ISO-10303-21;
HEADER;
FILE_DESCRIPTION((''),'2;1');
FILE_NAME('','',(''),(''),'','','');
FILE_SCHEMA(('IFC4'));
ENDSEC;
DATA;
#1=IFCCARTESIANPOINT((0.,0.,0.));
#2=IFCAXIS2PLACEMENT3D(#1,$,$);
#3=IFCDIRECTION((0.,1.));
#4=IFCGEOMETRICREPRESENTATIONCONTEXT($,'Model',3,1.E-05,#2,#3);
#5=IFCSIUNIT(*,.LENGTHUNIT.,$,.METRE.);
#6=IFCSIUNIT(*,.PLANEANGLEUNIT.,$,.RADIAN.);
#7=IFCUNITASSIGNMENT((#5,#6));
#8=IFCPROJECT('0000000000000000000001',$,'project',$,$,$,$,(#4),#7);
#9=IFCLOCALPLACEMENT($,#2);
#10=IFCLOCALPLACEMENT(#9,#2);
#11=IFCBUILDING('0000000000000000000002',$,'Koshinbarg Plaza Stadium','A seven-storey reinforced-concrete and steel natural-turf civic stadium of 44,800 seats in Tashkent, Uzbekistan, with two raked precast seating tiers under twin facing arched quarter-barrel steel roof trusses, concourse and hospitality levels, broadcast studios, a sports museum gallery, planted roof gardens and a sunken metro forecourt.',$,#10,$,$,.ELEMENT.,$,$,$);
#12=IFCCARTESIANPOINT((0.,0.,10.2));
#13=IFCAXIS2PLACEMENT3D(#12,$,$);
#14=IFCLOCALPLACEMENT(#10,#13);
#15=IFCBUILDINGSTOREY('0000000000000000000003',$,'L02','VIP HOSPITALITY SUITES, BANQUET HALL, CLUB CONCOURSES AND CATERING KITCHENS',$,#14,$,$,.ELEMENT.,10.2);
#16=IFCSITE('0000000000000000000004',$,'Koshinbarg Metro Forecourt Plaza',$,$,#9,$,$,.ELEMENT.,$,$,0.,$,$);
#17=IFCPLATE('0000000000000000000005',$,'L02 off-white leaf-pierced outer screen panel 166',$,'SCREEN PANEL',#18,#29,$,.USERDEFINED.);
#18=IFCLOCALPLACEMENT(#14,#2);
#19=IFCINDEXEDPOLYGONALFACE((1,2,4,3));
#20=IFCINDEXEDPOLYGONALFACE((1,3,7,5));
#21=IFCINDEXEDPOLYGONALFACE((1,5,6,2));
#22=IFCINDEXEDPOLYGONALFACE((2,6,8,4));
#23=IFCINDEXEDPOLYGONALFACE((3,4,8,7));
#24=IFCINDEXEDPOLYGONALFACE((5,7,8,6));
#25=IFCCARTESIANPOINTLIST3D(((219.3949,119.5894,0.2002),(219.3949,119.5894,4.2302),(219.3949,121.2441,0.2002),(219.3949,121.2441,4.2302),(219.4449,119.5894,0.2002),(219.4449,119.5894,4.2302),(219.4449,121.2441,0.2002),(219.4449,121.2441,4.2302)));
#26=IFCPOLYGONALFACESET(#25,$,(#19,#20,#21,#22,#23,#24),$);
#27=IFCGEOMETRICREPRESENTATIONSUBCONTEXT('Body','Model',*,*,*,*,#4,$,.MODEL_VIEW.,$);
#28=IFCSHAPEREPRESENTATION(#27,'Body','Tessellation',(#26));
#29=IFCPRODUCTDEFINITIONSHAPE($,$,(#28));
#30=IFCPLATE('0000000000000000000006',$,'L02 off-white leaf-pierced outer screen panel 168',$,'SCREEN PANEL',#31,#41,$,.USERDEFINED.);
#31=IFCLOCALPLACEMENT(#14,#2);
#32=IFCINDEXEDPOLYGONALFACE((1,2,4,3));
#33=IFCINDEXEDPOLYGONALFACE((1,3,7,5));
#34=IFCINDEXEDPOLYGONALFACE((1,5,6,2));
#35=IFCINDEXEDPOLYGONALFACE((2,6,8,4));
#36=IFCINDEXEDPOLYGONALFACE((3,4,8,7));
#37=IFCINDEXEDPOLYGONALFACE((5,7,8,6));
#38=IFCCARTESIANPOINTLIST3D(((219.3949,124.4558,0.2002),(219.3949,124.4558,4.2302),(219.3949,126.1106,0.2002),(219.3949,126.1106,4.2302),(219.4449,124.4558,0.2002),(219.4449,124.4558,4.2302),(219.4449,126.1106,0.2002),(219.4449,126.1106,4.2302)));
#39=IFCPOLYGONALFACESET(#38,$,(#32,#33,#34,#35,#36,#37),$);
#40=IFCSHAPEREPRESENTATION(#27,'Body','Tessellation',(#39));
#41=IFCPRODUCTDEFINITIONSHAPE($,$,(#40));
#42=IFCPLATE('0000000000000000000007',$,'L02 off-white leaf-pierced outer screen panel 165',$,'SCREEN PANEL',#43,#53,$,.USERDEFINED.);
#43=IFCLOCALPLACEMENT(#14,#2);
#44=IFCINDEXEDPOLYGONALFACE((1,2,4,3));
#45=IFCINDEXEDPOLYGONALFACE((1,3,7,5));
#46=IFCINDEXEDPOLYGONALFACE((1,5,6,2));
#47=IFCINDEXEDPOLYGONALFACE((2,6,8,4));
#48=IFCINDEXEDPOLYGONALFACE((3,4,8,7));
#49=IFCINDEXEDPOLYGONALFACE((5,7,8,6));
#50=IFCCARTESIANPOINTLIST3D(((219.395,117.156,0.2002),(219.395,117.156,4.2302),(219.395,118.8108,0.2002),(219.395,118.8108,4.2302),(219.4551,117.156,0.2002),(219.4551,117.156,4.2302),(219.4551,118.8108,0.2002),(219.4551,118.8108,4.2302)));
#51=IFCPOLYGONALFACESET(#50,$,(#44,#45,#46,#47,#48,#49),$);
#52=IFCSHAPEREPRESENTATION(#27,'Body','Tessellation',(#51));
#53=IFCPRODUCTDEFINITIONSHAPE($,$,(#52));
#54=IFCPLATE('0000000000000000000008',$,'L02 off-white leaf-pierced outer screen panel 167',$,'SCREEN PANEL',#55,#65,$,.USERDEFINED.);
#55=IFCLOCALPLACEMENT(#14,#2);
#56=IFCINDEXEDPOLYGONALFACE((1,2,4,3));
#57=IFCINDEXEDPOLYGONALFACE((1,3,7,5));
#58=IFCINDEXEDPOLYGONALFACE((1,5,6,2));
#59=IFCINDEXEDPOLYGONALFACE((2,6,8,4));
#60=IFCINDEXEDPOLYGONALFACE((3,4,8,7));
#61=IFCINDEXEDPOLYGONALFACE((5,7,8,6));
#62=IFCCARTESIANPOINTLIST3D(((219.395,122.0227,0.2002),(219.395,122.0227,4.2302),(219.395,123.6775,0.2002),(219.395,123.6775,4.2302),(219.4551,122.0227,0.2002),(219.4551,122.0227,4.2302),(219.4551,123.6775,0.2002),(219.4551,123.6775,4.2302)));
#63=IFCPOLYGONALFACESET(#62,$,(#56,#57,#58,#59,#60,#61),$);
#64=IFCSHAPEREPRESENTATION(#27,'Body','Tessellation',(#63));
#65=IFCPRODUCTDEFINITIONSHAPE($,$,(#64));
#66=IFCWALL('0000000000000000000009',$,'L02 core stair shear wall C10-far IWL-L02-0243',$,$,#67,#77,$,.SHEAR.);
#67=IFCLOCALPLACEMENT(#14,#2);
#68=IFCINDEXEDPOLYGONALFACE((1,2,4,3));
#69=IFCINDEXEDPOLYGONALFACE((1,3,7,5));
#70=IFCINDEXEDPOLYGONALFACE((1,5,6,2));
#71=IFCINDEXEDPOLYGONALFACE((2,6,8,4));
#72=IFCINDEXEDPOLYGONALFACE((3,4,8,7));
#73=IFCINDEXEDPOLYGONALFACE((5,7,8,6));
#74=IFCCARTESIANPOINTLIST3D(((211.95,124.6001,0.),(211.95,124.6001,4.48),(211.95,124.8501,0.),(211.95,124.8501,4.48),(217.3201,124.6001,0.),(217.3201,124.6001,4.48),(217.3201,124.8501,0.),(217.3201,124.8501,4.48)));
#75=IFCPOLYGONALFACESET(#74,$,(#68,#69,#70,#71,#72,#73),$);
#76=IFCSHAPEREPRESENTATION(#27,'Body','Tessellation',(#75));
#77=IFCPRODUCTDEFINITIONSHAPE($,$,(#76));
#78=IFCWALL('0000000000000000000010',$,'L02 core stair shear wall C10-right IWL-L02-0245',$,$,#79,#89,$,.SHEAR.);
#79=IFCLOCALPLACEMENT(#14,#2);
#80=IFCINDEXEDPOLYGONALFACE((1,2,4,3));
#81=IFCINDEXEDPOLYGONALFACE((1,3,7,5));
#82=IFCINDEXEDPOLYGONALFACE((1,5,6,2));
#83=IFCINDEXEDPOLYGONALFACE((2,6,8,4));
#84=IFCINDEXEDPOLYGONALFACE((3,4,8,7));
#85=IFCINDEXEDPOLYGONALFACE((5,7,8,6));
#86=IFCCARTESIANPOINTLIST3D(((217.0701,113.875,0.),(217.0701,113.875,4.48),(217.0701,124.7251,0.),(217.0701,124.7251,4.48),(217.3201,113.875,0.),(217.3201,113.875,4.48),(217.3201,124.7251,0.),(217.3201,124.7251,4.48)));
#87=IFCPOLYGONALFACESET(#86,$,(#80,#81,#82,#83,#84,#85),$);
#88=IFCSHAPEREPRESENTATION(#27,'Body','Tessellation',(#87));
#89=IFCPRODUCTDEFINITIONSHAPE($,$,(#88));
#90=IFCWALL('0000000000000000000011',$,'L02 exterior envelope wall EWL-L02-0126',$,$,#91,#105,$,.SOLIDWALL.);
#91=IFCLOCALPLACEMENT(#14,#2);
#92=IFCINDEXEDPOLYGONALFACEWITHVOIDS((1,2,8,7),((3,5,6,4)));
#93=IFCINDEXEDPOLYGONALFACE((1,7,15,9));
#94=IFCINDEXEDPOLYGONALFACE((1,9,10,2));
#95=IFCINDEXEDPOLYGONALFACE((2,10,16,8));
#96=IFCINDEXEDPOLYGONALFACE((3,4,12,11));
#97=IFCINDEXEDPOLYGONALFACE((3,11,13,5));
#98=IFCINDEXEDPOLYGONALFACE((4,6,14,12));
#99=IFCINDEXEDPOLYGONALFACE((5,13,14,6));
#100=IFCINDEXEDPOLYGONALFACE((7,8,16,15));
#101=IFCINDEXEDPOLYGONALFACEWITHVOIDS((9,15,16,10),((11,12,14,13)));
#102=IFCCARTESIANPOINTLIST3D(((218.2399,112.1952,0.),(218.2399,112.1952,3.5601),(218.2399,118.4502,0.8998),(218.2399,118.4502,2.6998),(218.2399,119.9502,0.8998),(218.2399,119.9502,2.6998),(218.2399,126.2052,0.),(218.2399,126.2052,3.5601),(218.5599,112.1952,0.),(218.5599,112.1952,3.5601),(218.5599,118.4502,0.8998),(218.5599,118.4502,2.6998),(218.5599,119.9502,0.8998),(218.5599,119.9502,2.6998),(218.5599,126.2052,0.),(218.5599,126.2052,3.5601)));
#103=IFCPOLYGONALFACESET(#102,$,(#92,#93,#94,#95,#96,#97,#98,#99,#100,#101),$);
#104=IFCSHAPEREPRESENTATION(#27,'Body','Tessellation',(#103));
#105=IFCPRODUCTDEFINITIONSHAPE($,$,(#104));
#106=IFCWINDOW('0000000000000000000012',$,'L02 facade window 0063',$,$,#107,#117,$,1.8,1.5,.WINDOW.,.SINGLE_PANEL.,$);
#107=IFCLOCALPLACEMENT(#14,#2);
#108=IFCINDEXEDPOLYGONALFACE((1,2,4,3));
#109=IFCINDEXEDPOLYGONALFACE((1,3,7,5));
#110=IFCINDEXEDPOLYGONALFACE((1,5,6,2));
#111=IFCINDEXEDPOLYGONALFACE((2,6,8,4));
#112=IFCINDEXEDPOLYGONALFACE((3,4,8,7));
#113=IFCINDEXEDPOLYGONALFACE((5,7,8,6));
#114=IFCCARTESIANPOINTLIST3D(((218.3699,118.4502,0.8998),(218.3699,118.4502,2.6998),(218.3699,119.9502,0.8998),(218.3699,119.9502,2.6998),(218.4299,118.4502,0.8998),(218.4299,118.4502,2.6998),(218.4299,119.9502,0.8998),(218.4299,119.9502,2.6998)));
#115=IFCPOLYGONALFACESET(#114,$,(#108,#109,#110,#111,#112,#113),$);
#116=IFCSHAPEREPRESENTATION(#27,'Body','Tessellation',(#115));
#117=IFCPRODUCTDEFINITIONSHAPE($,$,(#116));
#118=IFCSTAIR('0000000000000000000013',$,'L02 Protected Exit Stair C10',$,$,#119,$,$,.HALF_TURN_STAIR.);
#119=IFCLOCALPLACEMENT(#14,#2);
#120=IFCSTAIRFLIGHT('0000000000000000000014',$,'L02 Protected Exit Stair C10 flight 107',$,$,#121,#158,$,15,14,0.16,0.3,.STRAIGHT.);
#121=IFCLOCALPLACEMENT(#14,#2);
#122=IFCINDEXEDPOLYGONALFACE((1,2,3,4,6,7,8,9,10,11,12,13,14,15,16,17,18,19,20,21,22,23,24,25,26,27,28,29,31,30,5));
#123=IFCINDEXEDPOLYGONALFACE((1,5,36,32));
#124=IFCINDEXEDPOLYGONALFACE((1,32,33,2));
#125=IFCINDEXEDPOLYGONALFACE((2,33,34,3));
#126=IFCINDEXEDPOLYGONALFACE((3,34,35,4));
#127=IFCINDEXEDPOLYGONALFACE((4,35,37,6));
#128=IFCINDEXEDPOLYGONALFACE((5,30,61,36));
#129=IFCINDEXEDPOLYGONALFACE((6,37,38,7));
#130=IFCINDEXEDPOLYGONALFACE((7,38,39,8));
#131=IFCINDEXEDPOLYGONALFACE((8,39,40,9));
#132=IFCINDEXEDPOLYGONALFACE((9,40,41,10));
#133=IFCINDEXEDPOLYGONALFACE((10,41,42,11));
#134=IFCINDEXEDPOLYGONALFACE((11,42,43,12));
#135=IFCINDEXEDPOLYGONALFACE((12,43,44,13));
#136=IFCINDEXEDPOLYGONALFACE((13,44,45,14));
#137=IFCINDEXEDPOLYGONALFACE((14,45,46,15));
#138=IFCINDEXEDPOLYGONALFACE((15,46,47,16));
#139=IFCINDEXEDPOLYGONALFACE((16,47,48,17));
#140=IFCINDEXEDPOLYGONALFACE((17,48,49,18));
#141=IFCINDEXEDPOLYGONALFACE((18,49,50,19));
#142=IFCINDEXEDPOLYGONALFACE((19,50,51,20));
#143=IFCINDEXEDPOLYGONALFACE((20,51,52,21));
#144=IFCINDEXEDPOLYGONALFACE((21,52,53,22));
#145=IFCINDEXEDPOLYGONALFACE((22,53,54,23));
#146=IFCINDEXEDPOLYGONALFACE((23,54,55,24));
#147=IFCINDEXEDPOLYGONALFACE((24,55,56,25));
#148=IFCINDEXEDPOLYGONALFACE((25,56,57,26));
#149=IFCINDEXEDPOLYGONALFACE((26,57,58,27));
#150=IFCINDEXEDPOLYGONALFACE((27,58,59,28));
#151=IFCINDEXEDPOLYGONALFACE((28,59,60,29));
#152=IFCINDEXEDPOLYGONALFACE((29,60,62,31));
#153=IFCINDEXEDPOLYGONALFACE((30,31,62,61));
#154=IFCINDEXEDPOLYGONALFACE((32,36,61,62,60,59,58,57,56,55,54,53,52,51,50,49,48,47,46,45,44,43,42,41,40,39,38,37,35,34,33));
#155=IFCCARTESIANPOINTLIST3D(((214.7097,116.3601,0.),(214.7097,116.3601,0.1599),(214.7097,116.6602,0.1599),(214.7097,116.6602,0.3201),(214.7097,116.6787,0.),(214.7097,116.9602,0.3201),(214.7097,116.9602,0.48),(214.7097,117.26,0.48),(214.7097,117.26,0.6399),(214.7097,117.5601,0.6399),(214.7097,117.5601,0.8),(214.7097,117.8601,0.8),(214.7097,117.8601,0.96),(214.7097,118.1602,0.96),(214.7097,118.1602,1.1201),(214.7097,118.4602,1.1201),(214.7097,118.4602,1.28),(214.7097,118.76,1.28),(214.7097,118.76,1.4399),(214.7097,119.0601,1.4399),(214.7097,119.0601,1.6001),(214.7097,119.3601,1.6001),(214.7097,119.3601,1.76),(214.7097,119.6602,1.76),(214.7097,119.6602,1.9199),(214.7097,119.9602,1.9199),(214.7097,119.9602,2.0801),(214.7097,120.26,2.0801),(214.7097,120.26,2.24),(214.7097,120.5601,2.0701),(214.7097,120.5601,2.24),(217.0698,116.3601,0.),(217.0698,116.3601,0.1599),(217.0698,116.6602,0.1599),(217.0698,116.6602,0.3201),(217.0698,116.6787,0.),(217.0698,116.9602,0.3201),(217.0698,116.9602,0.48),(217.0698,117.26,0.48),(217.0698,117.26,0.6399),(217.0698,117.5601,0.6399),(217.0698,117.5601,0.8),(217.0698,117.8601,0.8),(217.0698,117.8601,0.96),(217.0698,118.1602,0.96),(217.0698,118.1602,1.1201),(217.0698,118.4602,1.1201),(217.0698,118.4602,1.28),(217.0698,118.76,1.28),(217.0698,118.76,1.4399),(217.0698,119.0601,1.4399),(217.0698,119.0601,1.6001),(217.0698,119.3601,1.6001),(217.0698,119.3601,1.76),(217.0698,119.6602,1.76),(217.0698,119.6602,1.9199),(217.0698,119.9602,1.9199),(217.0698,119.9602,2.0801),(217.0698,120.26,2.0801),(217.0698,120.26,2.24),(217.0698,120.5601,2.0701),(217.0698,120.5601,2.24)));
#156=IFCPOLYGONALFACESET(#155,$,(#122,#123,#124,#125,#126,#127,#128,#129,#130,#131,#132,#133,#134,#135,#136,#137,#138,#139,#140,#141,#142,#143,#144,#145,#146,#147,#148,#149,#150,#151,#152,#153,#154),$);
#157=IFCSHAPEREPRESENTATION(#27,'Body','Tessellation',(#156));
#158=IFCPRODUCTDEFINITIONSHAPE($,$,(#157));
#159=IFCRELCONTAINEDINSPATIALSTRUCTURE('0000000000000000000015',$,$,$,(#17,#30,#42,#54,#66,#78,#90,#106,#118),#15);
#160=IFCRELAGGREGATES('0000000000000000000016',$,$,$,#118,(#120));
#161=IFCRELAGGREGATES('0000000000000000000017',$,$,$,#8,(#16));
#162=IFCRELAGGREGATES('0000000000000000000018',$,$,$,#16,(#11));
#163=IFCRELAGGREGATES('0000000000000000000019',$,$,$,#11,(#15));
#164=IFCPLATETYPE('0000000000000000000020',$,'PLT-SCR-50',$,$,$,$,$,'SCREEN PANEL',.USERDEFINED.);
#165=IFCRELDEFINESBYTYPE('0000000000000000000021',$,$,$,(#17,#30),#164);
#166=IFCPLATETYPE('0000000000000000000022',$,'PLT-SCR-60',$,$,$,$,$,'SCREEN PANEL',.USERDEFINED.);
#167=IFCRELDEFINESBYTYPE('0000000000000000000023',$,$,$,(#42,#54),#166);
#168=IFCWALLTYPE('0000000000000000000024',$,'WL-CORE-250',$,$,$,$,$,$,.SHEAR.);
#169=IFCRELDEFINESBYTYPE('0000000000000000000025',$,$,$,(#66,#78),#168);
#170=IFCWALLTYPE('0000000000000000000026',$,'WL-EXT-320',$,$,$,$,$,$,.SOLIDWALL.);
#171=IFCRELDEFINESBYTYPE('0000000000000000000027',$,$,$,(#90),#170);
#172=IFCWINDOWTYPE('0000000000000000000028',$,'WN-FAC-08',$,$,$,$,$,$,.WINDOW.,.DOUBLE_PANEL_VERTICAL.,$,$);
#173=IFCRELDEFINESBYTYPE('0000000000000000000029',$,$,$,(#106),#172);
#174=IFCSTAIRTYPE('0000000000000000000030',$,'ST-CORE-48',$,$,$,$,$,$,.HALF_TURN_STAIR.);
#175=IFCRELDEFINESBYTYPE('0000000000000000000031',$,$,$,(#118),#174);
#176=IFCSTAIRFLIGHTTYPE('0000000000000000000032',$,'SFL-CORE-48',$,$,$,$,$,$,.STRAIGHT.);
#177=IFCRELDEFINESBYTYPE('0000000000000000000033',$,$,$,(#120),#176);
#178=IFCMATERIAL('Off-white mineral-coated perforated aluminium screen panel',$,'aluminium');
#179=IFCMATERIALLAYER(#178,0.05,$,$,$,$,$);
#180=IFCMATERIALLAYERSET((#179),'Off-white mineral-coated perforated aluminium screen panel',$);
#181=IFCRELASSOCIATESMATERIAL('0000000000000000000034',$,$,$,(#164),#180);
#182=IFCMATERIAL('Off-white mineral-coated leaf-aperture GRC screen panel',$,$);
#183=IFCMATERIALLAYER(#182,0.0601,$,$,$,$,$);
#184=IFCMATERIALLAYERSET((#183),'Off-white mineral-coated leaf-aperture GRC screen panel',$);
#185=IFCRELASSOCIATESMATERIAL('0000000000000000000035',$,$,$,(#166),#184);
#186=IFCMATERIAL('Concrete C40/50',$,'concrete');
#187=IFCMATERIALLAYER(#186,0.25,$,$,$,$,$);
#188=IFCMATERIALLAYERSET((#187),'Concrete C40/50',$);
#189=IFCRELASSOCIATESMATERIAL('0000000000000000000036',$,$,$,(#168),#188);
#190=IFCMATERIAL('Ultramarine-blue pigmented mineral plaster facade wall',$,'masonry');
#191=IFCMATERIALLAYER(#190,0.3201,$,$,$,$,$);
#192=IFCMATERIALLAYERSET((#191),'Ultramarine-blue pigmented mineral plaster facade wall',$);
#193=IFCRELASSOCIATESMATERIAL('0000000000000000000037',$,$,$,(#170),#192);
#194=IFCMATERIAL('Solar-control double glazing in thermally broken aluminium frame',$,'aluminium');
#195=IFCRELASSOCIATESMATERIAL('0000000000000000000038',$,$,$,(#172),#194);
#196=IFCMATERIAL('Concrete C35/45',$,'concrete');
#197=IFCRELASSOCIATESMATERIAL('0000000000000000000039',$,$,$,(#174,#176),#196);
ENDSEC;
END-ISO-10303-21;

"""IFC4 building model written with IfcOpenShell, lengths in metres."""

from ifc_helpers import new_model, si_unit, direction, frame, frame_2d, origin, origin_2d, place, context, subcontext, project, spatial, polyline, rectangle, outline, extrude, material, layer, layer_set, type_object, element, fill, aggregate, save


model = new_model("IFC4")

# Units and contexts
model_context = context("Model", 3, precision=1e-05, world=origin(), true_north=direction((0.0, 1.0)))
body_context = subcontext(model_context, "Body", "Model", "MODEL_VIEW")
ifc_project = project(units=[si_unit("LENGTHUNIT", "METRE"), si_unit("PLANEANGLEUNIT", "RADIAN")], contexts=[model_context])

# Site, building, storey
site_placement = place(None, origin())
site = spatial("IfcSite", under=ifc_project, at=site_placement, Name="Koshinbarg Metro Forecourt Plaza", CompositionType="ELEMENT", RefElevation=0.0)
building_placement = place(site_placement, origin())
building = spatial("IfcBuilding", under=site, at=building_placement, Name="Koshinbarg Plaza Stadium", Description="A seven-storey reinforced-concrete and steel natural-turf civic stadium of 44,800 seats in Tashkent, Uzbekistan, with two raked precast seating tiers under twin facing arched quarter-barrel steel roof trusses, concourse and hospitality levels, broadcast studios, a sports museum gallery, planted roof gardens and a sunken metro forecourt.", CompositionType="ELEMENT")
storey_placement = place(building_placement, frame((0.0, 0.0, 10.2)))
storey = spatial("IfcBuildingStorey", under=building, at=storey_placement, Name="L02", Description="VIP HOSPITALITY SUITES, BANQUET HALL, CLUB CONCOURSES AND CATERING KITCHENS", CompositionType="ELEMENT", Elevation=10.2)

# Shared definitions
ifc_material_1 = material(Name="Concrete C40/50", Category="concrete")

# Plates
ifc_material_2 = material(Name="Off-white mineral-coated perforated aluminium screen panel", Category="aluminium")
ifc_layer_1 = layer(ifc_material_2, 0.05)
ifc_layer_set_1 = layer_set([ifc_layer_1], Name="Off-white mineral-coated perforated aluminium screen panel")
plate_type_1 = type_object("IfcPlateType", Name="PLT-SCR-50", ElementType="SCREEN PANEL", PredefinedType="USERDEFINED", material=ifc_layer_set_1)
for number, where, z_axis, x_axis, name in (
    (1, (219.4199, 120.4167, 0.2002), (0.0, 0.0, 1.0), (1.0, 0.0, 0.0), "L02 off-white leaf-pierced outer screen panel 166"),
    (2, (219.4199, 125.2832, 0.2002), (0.0, 0.0, 1.0), (1.0, 0.0, 0.0), "L02 off-white leaf-pierced outer screen panel 168"),
):
    element("IfcPlate", number, at=place(storey_placement, frame(where, z_axis=z_axis, x_axis=x_axis)), inside=storey, type_object=plate_type_1, Name=name, ObjectType="SCREEN PANEL", PredefinedType="USERDEFINED", context=body_context, shape_type="SweptSolid", body=[
        extrude(rectangle(XDim=0.05, YDim=1.6548, at=origin_2d()), origin(), (0.0, 0.0, 1.0), 4.03),
    ])
ifc_material_3 = material(Name="Off-white mineral-coated leaf-aperture GRC screen panel")
ifc_layer_2 = layer(ifc_material_3, 0.0601)
ifc_layer_set_2 = layer_set([ifc_layer_2], Name="Off-white mineral-coated leaf-aperture GRC screen panel")
plate_type_2 = type_object("IfcPlateType", Name="PLT-SCR-60", ElementType="SCREEN PANEL", PredefinedType="USERDEFINED", material=ifc_layer_set_2)
for number, where, z_axis, x_axis, name in (
    (3, (219.425, 117.9834, 0.2002), (0.0, 0.0, 1.0), (1.0, 0.0, 0.0), "L02 off-white leaf-pierced outer screen panel 165"),
    (4, (219.425, 122.8501, 0.2002), (0.0, 0.0, 1.0), (1.0, 0.0, 0.0), "L02 off-white leaf-pierced outer screen panel 167"),
):
    element("IfcPlate", number, at=place(storey_placement, frame(where, z_axis=z_axis, x_axis=x_axis)), inside=storey, type_object=plate_type_2, Name=name, ObjectType="SCREEN PANEL", PredefinedType="USERDEFINED", context=body_context, shape_type="SweptSolid", body=[
        extrude(rectangle(XDim=0.0601, YDim=1.6548, at=origin_2d()), origin(), (0.0, 0.0, 1.0), 4.03),
    ])

# Walls
ifc_layer_3 = layer(ifc_material_1, 0.25)
ifc_layer_set_3 = layer_set([ifc_layer_3], Name="Concrete C40/50")
wall_type_1 = type_object("IfcWallType", Name="WL-CORE-250", PredefinedType="SHEAR", material=ifc_layer_set_3)
wall_1_placement = place(storey_placement, frame((217.3201, 124.7251, 0.0), z_axis=(0.0, 0.0, 1.0), x_axis=(-1.0, 0.0, 0.0)))
element("IfcWall", 5, at=wall_1_placement, inside=storey, type_object=wall_type_1, Name="L02 core stair shear wall C10-far IWL-L02-0243", PredefinedType="SHEAR", context=body_context, shape_type="SweptSolid", body=[
    extrude(rectangle(XDim=5.3701, YDim=0.25, at=frame_2d((2.6851, 0.0))), origin(), (0.0, 0.0, 1.0), 4.48),
])
wall_2_placement = place(storey_placement, frame((217.1951, 113.875, 0.0), z_axis=(0.0, 0.0, 1.0), x_axis=(0.0, 1.0, 0.0)))
element("IfcWall", 6, at=wall_2_placement, inside=storey, type_object=wall_type_1, Name="L02 core stair shear wall C10-right IWL-L02-0245", PredefinedType="SHEAR", context=body_context, shape_type="SweptSolid", body=[
    extrude(rectangle(XDim=10.8501, YDim=0.25, at=frame_2d((5.425, 0.0))), origin(), (0.0, 0.0, 1.0), 4.48),
])

# Wall, opening, window
ifc_material_4 = material(Name="Ultramarine-blue pigmented mineral plaster facade wall", Category="masonry")
ifc_layer_4 = layer(ifc_material_4, 0.3201)
ifc_layer_set_4 = layer_set([ifc_layer_4], Name="Ultramarine-blue pigmented mineral plaster facade wall")
wall_type_2 = type_object("IfcWallType", Name="WL-EXT-320", PredefinedType="SOLIDWALL", material=ifc_layer_set_4)
wall_3_placement = place(storey_placement, frame((218.3999, 126.2051, 0.0), z_axis=(0.0, 0.0, 1.0), x_axis=(0.0, -1.0, 0.0)))
wall_3 = element("IfcWall", 7, at=wall_3_placement, inside=storey, type_object=wall_type_2, Name="L02 exterior envelope wall EWL-L02-0126", PredefinedType="SOLIDWALL", context=body_context, shape_type="SweptSolid", body=[
    extrude(rectangle(XDim=14.01, YDim=0.3201, at=frame_2d((7.0049, 0.0))), origin(), (0.0, 0.0, 1.0), 3.5601),
])
opening_placement = place(wall_3_placement, frame((6.2549, 0.0, 0.8999)))
opening = element("IfcOpeningElement", 8, at=opening_placement, cuts=wall_3, PredefinedType="OPENING", context=body_context, shape_type="SweptSolid", body=[
    extrude(rectangle(XDim=1.5, YDim=1.8, at=frame_2d((0.75, 0.8999))), frame((0.0, 0.1699, 0.0), z_axis=(0.0, -1.0, 0.0), x_axis=(1.0, 0.0, 0.0)), (0.0, 0.0, 1.0), 0.3401),
])
ifc_material_5 = material(Name="Solar-control double glazing in thermally broken aluminium frame", Category="aluminium")
window_type = type_object("IfcWindowType", Name="WN-FAC-08", PartitioningType="DOUBLE_PANEL_VERTICAL", PredefinedType="WINDOW", material=ifc_material_5)
window_placement = place(opening_placement, origin())
window = element("IfcWindow", 9, at=window_placement, inside=storey, type_object=window_type, Name="L02 facade window 0063", OverallHeight=1.8, OverallWidth=1.5, PartitioningType="SINGLE_PANEL", PredefinedType="WINDOW", context=body_context, shape_type="SweptSolid", body=[
    extrude(rectangle(XDim=1.5, YDim=1.8, at=frame_2d((0.75, 0.8999))), frame((0.0, 0.03, 0.0), z_axis=(0.0, -1.0, 0.0), x_axis=(1.0, 0.0, 0.0)), (0.0, 0.0, 1.0), 0.0601),
])
fill(opening, window)

# Stair, stair flight
ifc_material_6 = material(Name="Concrete C35/45", Category="concrete")
stair_type = type_object("IfcStairType", Name="ST-CORE-48", PredefinedType="HALF_TURN_STAIR", material=ifc_material_6)
stair_placement = place(storey_placement, origin())
stair = element("IfcStair", 10, at=stair_placement, inside=storey, type_object=stair_type, Name="L02 Protected Exit Stair C10", PredefinedType="HALF_TURN_STAIR")
stair_flight_type = type_object("IfcStairFlightType", Name="SFL-CORE-48", PredefinedType="STRAIGHT", material=ifc_material_6)
stair_flight_placement = place(storey_placement, frame((215.8899, 116.3601, 0.0), z_axis=(0.0, 0.0, 1.0), x_axis=(0.0, 1.0, 0.0)))
stair_flight = element("IfcStairFlight", 11, at=stair_flight_placement, type_object=stair_flight_type, Name="L02 Protected Exit Stair C10 flight 107", NumberOfRisers=15, NumberOfTreads=14, PredefinedType="STRAIGHT", RiserHeight=0.16, TreadLength=0.3, context=body_context, shape_type="SweptSolid", body=[
    extrude(outline(polyline([(0.0, 0.0), (0.0, 0.1599), (0.3, 0.1599), (0.3, 0.3201), (0.6001, 0.3201), (0.6001, 0.48), (0.8999, 0.48), (0.8999, 0.6399), (1.2, 0.6399), (1.2, 0.8), (1.5, 0.8), (1.5, 0.96), (1.8, 0.96), (1.8, 1.1201), (2.1001, 1.1201), (2.1001, 1.28), (2.3999, 1.28), (2.3999, 1.4399), (2.7, 1.4399), (2.7, 1.6001), (3.0, 1.6001), (3.0, 1.76), (3.3, 1.76), (3.3, 1.9199), (3.6001, 1.9199), (3.6001, 2.0801), (3.8999, 2.0801), (3.8999, 2.24), (4.2, 2.24), (4.2, 2.3999), (4.2, 2.0701), (0.3186, 0.0), (0.0, 0.0)])), frame((0.0, 1.1802, 0.0), z_axis=(0.0, -1.0, 0.0), x_axis=(1.0, 0.0, 0.0)), (0.0, 0.0, 1.0), 2.3601),
])
aggregate(stair, [stair_flight])

save(model, "model.ifc")
